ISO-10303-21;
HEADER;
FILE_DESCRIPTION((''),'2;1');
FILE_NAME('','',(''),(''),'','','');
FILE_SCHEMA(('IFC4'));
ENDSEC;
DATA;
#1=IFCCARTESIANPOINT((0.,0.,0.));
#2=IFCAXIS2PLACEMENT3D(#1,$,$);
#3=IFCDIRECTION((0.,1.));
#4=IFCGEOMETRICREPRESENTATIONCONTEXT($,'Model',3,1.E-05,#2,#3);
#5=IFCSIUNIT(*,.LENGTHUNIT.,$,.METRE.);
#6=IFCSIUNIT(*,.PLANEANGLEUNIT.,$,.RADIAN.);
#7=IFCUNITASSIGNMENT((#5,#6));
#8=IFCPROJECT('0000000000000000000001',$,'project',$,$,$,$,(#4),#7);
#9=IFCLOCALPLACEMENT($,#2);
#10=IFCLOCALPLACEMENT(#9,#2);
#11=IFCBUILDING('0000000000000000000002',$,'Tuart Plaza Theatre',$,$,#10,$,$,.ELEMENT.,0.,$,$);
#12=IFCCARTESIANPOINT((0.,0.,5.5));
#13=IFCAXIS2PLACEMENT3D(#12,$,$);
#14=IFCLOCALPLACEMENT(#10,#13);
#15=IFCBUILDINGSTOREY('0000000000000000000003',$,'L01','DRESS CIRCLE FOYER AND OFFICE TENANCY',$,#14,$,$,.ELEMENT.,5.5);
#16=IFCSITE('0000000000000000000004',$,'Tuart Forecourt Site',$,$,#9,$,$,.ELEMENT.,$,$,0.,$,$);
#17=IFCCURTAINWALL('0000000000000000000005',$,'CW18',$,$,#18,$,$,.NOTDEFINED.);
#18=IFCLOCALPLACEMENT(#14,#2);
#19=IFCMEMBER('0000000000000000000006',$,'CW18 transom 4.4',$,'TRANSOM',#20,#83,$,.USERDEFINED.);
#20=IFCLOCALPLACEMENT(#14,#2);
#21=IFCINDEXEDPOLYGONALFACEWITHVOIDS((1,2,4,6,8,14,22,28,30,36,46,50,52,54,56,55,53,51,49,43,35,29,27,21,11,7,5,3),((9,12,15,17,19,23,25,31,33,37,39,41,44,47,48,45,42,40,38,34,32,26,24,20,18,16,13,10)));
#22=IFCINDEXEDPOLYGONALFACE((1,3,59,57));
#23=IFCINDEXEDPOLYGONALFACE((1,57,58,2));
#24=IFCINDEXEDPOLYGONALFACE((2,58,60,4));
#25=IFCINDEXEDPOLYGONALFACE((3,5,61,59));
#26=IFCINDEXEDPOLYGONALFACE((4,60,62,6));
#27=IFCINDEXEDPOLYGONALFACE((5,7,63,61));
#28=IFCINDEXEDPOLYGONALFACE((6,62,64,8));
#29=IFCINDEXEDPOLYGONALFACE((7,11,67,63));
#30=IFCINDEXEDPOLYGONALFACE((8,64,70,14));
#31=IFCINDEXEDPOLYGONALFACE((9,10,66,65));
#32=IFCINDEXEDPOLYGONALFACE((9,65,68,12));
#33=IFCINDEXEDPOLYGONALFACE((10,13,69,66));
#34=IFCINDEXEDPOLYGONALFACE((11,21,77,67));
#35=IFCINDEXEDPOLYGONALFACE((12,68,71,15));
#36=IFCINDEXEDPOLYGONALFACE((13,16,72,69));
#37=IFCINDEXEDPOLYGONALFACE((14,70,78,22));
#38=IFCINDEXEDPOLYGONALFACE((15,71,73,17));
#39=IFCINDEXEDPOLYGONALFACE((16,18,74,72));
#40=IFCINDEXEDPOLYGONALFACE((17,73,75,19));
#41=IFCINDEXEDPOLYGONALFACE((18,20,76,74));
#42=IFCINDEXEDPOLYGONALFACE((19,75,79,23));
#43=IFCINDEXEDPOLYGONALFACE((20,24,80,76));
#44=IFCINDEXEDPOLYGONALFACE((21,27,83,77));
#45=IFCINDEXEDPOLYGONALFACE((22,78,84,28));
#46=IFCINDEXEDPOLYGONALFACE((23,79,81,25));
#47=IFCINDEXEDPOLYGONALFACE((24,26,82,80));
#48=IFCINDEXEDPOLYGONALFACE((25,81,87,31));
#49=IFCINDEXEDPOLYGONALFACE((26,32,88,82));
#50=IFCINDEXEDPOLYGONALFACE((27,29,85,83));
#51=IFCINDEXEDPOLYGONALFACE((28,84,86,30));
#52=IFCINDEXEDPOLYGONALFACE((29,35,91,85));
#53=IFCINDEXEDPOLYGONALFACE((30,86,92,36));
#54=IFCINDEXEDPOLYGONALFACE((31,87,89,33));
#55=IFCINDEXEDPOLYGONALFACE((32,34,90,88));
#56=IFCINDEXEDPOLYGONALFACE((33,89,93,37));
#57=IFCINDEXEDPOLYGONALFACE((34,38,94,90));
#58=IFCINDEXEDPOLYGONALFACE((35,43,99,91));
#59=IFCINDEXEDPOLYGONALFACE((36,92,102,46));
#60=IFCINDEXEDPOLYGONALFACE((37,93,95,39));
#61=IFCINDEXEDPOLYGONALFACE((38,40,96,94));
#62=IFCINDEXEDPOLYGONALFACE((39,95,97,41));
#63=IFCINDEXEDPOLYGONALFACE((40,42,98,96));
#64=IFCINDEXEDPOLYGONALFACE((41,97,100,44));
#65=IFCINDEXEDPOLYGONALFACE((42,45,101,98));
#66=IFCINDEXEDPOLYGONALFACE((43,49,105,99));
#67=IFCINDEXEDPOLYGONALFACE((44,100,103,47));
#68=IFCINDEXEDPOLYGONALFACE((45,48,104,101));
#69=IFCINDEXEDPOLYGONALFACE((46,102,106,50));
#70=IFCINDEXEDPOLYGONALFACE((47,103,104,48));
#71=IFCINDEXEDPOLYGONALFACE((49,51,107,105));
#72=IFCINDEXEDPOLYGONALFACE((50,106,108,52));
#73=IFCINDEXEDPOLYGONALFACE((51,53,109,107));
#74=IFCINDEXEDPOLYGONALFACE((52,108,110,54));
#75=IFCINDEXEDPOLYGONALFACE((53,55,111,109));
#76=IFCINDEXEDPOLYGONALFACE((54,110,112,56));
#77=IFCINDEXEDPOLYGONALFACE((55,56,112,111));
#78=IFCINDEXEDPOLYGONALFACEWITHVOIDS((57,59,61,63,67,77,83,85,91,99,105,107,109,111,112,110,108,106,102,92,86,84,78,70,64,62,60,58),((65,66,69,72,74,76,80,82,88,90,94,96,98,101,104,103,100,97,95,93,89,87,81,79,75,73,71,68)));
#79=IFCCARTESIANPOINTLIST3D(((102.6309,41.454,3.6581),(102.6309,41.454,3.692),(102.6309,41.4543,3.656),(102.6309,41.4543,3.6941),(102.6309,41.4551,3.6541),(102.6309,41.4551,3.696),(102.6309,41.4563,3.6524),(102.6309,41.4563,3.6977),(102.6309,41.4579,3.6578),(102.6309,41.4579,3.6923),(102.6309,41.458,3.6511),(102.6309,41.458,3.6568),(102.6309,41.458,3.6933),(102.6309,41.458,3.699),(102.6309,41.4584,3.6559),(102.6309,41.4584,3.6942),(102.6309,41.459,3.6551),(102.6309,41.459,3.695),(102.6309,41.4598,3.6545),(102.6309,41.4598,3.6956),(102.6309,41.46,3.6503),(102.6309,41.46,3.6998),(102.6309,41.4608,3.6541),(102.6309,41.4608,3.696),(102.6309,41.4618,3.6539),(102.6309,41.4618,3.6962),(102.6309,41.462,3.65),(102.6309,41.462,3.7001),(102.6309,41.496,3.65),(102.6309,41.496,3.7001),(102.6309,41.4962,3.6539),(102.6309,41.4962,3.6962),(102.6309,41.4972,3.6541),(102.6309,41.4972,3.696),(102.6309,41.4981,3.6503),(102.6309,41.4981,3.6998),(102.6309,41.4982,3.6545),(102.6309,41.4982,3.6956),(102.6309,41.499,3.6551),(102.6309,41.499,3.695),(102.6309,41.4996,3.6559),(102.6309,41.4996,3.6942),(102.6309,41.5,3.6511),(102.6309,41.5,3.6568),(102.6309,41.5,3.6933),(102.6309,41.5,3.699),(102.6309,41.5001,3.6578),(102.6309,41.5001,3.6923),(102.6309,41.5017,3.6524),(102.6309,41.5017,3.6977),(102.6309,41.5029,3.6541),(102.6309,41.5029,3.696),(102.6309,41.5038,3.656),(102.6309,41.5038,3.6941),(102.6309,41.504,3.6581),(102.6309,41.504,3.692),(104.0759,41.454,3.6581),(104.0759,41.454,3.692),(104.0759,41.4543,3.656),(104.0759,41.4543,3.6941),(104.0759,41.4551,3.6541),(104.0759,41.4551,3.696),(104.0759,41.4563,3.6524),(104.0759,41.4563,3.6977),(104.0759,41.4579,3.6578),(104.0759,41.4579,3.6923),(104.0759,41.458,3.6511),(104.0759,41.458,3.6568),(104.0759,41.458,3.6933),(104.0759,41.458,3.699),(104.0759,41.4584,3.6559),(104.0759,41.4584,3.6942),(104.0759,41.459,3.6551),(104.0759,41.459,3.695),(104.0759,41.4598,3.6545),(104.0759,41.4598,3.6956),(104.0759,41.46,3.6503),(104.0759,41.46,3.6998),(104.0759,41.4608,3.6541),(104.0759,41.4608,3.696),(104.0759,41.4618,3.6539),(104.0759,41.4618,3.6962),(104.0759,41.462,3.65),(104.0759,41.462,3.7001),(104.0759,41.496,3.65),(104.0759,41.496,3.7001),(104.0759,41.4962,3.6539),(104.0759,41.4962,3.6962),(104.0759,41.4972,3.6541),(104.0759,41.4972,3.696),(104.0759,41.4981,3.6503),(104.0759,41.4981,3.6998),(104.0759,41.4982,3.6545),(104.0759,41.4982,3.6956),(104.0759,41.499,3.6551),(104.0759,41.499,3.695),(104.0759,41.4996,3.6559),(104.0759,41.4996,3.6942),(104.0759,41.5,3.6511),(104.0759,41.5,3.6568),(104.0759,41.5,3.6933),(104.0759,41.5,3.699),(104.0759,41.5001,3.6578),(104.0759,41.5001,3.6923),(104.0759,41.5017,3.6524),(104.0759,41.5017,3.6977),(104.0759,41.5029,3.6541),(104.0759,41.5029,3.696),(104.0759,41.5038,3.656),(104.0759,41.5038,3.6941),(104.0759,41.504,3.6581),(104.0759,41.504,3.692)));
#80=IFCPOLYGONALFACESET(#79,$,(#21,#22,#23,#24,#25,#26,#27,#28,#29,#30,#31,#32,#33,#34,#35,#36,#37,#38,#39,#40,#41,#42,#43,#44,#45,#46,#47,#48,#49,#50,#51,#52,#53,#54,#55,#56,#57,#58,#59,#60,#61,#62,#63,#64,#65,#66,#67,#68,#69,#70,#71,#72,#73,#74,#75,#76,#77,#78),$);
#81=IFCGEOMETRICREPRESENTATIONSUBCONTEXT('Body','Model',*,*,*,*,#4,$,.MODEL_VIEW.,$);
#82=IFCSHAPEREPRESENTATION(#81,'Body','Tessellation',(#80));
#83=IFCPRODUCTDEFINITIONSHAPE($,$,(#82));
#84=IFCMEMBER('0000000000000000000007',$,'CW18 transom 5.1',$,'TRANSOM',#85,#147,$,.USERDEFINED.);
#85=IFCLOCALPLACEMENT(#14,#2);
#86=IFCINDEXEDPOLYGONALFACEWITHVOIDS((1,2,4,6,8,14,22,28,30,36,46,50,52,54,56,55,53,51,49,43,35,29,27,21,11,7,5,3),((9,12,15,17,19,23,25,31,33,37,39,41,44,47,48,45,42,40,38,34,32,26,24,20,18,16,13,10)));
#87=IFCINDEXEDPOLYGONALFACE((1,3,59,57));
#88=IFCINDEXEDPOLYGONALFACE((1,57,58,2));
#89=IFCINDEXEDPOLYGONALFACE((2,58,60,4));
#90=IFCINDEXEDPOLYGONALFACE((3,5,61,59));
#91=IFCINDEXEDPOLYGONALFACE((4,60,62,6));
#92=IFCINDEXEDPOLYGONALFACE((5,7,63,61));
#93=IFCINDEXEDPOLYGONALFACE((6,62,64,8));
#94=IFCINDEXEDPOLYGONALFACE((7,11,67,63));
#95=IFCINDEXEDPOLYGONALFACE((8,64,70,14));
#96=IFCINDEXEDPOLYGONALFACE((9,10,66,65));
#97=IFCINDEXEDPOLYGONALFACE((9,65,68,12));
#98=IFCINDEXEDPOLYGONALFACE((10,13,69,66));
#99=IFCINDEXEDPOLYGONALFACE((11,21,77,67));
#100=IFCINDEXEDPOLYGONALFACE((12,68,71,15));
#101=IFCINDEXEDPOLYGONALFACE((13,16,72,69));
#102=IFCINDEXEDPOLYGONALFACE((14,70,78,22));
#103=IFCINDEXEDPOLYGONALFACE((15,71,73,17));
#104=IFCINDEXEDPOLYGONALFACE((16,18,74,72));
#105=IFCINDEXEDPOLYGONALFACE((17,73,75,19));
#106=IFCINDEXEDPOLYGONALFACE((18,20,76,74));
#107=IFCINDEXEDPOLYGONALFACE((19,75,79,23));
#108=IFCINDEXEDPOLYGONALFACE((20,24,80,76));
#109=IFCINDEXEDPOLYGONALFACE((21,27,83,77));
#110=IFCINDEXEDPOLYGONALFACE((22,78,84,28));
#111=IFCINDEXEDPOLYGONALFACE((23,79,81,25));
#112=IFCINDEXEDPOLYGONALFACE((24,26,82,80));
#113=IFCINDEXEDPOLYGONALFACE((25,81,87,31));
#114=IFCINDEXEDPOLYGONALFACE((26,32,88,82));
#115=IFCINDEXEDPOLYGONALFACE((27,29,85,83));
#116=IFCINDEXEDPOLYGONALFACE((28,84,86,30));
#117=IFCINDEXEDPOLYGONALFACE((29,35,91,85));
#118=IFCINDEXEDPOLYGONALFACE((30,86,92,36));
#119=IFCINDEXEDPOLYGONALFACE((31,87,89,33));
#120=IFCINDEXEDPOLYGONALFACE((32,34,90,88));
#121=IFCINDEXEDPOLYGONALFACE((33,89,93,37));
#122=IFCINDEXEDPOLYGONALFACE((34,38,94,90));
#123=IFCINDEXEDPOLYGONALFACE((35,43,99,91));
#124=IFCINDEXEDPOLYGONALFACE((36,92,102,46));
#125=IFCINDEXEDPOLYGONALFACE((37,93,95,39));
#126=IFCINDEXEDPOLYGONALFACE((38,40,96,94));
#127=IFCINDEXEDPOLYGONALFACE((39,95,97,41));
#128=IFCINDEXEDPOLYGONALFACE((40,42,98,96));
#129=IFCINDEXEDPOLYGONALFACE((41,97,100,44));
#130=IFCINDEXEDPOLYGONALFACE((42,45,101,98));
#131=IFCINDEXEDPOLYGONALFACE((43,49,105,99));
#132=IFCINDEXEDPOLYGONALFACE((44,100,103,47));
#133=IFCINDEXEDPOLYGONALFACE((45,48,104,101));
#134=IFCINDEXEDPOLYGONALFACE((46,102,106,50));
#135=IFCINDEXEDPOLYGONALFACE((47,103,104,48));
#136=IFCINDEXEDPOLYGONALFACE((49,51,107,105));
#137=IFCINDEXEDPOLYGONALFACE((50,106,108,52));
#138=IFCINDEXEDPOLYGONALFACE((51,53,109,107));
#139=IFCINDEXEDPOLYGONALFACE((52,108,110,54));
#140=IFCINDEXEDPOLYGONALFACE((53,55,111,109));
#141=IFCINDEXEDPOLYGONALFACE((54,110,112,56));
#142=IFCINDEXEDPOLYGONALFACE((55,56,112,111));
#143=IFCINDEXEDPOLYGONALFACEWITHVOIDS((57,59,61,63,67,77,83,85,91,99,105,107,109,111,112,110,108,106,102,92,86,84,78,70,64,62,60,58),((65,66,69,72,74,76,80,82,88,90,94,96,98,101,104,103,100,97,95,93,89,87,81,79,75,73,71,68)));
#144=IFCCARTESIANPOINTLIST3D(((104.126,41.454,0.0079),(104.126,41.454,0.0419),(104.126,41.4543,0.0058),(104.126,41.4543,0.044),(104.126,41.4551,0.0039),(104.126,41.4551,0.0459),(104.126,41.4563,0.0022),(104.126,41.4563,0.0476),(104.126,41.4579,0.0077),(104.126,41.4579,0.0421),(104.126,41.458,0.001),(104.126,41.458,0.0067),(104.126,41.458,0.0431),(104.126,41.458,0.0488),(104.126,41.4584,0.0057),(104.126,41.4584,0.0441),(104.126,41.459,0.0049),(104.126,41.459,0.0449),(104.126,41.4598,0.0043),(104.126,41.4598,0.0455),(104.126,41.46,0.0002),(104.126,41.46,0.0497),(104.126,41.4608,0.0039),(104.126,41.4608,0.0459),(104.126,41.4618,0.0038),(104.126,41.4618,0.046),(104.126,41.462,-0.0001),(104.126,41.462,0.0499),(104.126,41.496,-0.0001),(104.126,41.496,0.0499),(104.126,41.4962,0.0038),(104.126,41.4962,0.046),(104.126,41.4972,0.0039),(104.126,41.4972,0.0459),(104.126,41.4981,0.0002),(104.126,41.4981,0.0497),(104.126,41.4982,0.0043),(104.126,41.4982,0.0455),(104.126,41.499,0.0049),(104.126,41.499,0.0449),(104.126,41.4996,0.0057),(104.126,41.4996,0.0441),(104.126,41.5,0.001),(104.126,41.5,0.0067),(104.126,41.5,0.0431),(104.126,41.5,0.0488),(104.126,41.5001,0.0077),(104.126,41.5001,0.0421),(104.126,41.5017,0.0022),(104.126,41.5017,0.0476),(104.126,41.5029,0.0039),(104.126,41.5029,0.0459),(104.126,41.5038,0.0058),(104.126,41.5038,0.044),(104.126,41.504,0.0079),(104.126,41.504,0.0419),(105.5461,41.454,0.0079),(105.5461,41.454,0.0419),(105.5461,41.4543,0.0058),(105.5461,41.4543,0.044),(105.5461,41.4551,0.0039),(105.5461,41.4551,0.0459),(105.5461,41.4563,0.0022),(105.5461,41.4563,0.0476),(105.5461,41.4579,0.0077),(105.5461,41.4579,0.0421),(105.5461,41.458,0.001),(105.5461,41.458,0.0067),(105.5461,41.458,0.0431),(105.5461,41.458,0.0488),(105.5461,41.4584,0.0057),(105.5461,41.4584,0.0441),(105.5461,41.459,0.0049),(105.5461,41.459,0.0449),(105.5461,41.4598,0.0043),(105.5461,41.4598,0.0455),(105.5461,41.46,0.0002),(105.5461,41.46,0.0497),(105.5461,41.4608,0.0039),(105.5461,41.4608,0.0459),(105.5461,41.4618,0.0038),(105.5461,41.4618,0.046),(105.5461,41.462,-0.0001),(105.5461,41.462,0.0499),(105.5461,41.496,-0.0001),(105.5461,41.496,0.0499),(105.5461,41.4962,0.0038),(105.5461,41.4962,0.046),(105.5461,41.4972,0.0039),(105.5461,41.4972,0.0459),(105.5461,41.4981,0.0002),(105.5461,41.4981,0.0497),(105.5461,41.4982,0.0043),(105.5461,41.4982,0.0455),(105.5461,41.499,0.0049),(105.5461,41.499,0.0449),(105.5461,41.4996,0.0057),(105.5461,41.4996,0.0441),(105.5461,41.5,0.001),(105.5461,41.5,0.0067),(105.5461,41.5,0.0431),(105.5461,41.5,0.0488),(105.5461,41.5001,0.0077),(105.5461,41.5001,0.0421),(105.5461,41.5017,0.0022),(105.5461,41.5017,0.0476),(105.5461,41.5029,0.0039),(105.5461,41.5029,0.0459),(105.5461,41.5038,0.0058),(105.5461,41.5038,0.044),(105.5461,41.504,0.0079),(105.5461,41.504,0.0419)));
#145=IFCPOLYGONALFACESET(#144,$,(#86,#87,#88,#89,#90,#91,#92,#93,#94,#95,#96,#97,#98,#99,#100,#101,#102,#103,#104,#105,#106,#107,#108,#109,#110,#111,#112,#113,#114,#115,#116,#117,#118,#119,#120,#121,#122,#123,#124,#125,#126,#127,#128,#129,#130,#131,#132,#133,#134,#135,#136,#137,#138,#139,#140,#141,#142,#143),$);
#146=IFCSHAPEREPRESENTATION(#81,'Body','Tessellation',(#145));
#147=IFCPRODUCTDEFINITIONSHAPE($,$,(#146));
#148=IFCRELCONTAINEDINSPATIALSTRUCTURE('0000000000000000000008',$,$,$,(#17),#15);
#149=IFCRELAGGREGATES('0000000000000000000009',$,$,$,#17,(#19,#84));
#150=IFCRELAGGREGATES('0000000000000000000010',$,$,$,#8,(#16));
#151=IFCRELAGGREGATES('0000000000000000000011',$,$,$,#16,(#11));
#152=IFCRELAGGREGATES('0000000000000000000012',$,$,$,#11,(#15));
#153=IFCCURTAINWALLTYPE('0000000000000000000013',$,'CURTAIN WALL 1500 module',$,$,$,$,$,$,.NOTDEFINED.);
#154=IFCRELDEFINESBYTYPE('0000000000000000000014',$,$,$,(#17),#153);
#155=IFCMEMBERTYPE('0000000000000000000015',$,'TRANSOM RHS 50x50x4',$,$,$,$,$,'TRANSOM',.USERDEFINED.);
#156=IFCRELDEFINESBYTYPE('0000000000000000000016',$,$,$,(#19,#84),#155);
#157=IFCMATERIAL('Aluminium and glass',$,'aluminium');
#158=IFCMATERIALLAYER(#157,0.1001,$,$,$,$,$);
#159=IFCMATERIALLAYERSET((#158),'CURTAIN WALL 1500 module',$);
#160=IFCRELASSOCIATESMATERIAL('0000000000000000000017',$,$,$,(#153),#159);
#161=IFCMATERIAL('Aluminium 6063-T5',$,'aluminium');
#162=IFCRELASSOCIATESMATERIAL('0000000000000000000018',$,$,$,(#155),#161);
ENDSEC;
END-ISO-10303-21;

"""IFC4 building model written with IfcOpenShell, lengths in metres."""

from ifc_helpers import new_model, si_unit, direction, frame, origin, origin_2d, place, context, subcontext, project, spatial, hollow_rectangle, extrude, material, layer, layer_set, material_profile, profile_set, type_object, element, aggregate, save


model = new_model("IFC4")

# Units and contexts
model_context = context("Model", 3, precision=1e-05, world=origin(), true_north=direction((0.0, 1.0)))
body_context = subcontext(model_context, "Body", "Model", "MODEL_VIEW")
ifc_project = project(units=[si_unit("LENGTHUNIT", "METRE"), si_unit("PLANEANGLEUNIT", "RADIAN")], contexts=[model_context])

# Site, building, storey
site_placement = place(None, origin())
site = spatial("IfcSite", under=ifc_project, at=site_placement, Name="Tuart Forecourt Site", CompositionType="ELEMENT", RefElevation=0.0)
building_placement = place(site_placement, origin())
building = spatial("IfcBuilding", under=site, at=building_placement, Name="Tuart Plaza Theatre", CompositionType="ELEMENT", ElevationOfRefHeight=0.0)
storey_placement = place(building_placement, frame((0.0, 0.0, 5.5)))
storey = spatial("IfcBuildingStorey", under=building, at=storey_placement, Name="L01", Description="DRESS CIRCLE FOYER AND OFFICE TENANCY", CompositionType="ELEMENT", Elevation=5.5)

# Curtain wall, members
ifc_material_1 = material(Name="Aluminium and glass", Category="aluminium")
ifc_layer_1 = layer(ifc_material_1, 0.1001)
ifc_layer_set_1 = layer_set([ifc_layer_1], Name="CURTAIN WALL 1500 module")
curtain_wall_type = type_object("IfcCurtainWallType", Name="CURTAIN WALL 1500 module", PredefinedType="NOTDEFINED", material=ifc_layer_set_1)
curtain_wall_placement = place(storey_placement, origin())
curtain_wall = element("IfcCurtainWall", 1, at=curtain_wall_placement, inside=storey, type_object=curtain_wall_type, Name="CW18", PredefinedType="NOTDEFINED")
ifc_material_2 = material(Name="Aluminium 6063-T5", Category="aluminium")
ifc_material_profile_1 = material_profile(ifc_material_2, hollow_rectangle(XDim=0.05, YDim=0.05, WallThickness=0.0039, InnerFilletRadius=0.0039, OuterFilletRadius=0.0081, at=origin_2d()), Name="RHS 50x50x4")
ifc_profile_set_1 = profile_set([ifc_material_profile_1], Name="Aluminium 6063-T5")
member_type_1 = type_object("IfcMemberType", Name="TRANSOM RHS 50x50x4", ElementType="TRANSOM", PredefinedType="USERDEFINED", material=ifc_profile_set_1)
member_1_placement = place(storey_placement, frame((102.6309, 41.479, 3.675), z_axis=(1.0, 0.0, 0.0), x_axis=(0.0, 1.0, 0.0)))
member_1 = element("IfcMember", 2, at=member_1_placement, type_object=member_type_1, Name="CW18 transom 4.4", ObjectType="TRANSOM", PredefinedType="USERDEFINED", context=body_context, shape_type="SweptSolid", body=[
    extrude(hollow_rectangle(XDim=0.05, YDim=0.05, WallThickness=0.0039, InnerFilletRadius=0.0039, OuterFilletRadius=0.0081, at=origin_2d()), origin(), (0.0, 0.0, 1.0), 1.4451),
])
member_2_placement = place(storey_placement, frame((104.126, 41.479, 0.0249), z_axis=(1.0, 0.0, 0.0), x_axis=(0.0, 1.0, 0.0)))
member_2 = element("IfcMember", 3, at=member_2_placement, type_object=member_type_1, Name="CW18 transom 5.1", ObjectType="TRANSOM", PredefinedType="USERDEFINED", context=body_context, shape_type="SweptSolid", body=[
    extrude(hollow_rectangle(XDim=0.05, YDim=0.05, WallThickness=0.0039, InnerFilletRadius=0.0039, OuterFilletRadius=0.0081, at=origin_2d()), origin(), (0.0, 0.0, 1.0), 1.4202),
])
aggregate(curtain_wall, [member_1, member_2])

save(model, "model.ifc")
